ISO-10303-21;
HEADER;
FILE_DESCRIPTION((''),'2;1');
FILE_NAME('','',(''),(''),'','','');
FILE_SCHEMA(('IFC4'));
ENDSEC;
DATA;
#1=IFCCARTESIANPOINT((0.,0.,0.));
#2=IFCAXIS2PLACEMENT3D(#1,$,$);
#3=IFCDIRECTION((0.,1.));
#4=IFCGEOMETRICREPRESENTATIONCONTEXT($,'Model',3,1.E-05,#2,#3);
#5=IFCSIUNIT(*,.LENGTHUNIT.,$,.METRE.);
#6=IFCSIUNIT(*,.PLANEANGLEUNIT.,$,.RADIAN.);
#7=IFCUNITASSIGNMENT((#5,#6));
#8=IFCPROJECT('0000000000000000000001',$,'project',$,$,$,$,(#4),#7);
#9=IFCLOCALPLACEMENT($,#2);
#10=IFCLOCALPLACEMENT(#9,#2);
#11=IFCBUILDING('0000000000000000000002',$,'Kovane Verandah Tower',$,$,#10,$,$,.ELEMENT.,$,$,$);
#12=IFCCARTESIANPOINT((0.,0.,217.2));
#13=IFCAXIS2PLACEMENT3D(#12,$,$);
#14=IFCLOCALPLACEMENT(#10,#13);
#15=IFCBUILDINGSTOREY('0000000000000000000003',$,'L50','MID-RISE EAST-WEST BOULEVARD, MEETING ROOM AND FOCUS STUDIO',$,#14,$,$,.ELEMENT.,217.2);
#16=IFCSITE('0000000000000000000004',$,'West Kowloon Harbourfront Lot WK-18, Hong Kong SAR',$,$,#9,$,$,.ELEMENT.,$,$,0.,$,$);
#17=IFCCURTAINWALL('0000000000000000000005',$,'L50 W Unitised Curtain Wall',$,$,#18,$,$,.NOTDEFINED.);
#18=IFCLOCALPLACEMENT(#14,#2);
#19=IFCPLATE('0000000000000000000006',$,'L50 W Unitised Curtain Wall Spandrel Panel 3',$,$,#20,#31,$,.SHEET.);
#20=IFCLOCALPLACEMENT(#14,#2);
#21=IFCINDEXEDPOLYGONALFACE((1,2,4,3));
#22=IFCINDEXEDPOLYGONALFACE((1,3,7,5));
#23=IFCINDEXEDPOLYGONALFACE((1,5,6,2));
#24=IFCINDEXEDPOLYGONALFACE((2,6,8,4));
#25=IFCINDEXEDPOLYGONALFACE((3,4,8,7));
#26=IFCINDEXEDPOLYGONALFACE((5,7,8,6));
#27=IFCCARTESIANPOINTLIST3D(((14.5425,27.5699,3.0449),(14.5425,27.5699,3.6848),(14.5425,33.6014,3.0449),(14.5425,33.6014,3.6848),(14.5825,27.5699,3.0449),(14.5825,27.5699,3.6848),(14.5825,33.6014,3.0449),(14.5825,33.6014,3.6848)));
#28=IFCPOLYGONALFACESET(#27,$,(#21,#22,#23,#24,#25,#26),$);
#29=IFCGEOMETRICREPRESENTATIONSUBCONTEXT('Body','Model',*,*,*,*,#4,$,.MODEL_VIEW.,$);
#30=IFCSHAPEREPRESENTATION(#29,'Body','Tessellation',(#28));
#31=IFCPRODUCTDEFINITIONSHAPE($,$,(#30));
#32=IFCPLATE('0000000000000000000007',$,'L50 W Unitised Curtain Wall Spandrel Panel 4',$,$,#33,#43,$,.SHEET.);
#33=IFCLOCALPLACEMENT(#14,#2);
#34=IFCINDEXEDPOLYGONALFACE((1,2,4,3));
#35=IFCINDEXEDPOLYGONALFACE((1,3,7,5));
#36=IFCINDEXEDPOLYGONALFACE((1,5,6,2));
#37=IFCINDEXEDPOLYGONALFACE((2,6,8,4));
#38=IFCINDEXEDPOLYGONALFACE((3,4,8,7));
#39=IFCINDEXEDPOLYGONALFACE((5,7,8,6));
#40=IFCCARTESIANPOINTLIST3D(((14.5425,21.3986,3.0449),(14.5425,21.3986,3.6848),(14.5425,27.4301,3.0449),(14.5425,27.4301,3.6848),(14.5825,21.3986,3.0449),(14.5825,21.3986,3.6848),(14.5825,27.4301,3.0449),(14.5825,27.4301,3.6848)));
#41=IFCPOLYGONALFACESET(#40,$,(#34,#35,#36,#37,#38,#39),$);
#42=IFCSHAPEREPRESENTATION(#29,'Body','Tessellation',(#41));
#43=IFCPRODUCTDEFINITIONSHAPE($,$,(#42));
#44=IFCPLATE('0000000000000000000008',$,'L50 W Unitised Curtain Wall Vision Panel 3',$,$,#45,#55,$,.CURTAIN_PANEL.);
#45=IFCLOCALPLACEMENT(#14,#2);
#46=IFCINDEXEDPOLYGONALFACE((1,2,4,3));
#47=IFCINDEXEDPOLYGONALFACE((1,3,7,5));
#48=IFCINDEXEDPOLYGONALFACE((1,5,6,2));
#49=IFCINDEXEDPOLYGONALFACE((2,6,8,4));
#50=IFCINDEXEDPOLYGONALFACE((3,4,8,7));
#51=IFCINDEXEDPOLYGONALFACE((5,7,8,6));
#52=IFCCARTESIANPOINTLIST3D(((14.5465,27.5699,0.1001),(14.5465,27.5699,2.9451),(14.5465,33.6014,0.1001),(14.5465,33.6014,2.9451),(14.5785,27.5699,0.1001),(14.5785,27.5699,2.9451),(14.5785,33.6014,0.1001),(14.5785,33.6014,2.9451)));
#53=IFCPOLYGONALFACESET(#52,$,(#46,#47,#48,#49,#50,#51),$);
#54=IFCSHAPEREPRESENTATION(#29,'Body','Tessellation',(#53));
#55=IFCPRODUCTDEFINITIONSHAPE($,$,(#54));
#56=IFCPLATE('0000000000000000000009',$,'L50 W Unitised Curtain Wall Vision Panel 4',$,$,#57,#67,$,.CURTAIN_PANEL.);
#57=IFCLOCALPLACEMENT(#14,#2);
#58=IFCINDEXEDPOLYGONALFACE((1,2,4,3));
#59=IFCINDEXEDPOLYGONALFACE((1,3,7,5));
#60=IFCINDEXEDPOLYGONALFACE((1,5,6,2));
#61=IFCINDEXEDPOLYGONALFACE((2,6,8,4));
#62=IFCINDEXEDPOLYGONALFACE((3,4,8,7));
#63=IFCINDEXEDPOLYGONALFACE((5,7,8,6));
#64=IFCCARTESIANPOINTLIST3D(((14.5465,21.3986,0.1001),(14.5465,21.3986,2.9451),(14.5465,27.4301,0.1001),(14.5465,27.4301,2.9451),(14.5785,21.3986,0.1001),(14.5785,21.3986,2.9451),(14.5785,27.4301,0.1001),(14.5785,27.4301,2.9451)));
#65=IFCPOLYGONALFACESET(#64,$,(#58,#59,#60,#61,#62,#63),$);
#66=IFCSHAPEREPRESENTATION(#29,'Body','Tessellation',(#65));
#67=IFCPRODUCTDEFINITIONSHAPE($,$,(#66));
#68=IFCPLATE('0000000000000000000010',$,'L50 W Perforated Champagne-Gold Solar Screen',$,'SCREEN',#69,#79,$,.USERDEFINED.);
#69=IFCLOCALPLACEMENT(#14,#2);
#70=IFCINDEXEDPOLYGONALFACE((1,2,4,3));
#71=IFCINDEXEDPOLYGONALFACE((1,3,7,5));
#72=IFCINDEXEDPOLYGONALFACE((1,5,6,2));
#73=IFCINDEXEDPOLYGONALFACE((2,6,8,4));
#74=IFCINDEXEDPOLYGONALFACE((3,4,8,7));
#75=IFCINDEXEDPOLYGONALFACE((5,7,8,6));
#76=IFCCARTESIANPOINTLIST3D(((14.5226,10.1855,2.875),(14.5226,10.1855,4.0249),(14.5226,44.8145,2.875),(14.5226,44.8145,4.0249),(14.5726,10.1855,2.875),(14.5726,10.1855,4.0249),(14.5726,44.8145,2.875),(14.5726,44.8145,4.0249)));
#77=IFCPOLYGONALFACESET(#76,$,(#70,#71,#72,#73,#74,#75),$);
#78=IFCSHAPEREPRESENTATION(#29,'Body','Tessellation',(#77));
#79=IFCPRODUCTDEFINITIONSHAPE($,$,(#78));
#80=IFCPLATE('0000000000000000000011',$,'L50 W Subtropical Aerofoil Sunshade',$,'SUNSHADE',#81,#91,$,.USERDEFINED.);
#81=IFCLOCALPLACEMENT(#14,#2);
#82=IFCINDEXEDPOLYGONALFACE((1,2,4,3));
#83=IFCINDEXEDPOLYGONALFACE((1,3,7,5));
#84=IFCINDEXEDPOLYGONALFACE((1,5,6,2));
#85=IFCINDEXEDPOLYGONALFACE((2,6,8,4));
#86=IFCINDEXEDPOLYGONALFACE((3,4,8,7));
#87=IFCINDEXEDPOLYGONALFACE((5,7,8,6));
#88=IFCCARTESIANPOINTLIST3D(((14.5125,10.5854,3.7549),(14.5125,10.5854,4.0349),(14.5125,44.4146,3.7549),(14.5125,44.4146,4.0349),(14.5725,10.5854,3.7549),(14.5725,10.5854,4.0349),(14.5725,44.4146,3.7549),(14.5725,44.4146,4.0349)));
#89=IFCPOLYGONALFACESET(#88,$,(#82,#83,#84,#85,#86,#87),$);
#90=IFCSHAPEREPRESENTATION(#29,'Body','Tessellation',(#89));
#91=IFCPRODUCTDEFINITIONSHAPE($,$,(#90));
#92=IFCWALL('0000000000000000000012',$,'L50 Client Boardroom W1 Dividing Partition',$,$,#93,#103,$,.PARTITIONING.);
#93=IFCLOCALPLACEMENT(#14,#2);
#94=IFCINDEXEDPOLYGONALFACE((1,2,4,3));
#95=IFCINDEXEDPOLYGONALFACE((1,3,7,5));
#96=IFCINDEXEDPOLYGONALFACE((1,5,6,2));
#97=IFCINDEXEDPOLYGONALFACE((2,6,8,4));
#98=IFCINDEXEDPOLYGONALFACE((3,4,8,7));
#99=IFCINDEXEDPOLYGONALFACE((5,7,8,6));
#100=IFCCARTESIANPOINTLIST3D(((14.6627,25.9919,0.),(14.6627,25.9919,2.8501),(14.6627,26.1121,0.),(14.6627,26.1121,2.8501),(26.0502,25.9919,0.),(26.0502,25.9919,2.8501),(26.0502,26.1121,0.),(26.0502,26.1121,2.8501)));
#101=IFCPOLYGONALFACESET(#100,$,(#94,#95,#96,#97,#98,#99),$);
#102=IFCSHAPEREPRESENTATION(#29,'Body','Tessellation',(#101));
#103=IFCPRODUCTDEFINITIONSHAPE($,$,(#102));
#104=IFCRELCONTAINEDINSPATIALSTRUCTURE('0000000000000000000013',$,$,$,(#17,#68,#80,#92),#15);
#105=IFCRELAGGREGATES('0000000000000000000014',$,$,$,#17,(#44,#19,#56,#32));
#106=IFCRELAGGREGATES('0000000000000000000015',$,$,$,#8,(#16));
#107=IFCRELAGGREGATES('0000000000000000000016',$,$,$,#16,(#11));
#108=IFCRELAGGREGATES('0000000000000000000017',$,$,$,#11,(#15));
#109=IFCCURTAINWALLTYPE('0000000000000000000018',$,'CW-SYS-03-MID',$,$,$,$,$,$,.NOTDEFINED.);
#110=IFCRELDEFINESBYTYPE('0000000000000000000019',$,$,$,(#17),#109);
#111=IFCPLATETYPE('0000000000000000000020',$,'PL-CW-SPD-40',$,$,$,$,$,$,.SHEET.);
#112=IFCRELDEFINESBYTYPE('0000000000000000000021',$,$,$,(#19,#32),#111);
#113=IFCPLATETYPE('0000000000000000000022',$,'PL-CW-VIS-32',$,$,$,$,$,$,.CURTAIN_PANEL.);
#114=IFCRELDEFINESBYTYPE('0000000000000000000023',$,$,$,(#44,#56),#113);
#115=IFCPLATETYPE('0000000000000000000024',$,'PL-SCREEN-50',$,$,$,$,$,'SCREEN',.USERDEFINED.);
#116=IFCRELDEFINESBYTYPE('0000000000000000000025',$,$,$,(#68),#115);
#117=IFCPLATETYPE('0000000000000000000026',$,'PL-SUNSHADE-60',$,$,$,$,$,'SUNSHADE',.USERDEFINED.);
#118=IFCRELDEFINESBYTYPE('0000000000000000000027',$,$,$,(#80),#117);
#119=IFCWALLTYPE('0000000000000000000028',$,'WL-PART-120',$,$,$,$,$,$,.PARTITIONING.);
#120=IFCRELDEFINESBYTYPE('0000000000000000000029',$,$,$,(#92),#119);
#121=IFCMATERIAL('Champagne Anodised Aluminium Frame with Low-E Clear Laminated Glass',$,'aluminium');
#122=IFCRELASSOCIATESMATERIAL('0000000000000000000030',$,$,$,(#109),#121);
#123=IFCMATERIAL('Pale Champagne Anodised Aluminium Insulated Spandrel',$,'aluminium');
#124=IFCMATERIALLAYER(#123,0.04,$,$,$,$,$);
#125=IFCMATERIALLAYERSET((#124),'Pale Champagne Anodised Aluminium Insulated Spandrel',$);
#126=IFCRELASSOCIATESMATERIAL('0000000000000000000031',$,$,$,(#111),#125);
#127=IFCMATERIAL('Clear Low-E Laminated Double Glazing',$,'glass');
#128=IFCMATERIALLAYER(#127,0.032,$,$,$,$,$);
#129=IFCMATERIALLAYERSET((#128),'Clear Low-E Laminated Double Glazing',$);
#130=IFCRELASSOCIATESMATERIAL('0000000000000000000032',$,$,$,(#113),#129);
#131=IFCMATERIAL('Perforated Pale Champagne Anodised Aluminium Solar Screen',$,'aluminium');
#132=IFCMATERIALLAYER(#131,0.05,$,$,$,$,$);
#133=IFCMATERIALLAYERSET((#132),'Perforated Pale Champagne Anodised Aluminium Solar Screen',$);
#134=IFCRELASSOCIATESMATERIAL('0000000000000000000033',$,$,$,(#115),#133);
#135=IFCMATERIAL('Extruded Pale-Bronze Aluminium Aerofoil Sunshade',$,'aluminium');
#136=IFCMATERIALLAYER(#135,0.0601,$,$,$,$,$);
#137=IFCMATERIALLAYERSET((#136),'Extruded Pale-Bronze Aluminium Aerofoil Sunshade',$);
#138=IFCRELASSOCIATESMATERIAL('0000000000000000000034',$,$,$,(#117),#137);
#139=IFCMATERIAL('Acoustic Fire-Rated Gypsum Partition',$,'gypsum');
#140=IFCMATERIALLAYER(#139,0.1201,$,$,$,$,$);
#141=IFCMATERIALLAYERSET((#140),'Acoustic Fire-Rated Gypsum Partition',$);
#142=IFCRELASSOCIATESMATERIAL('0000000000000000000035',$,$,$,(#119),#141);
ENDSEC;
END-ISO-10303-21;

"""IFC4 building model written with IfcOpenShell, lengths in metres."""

from ifc_helpers import new_model, si_unit, direction, frame, frame_2d, origin, origin_2d, place, context, subcontext, project, spatial, rectangle, extrude, material, layer, layer_set, type_object, element, aggregate, save


model = new_model("IFC4")

# Units and contexts
model_context = context("Model", 3, precision=1e-05, world=origin(), true_north=direction((0.0, 1.0)))
body_context = subcontext(model_context, "Body", "Model", "MODEL_VIEW")
ifc_project = project(units=[si_unit("LENGTHUNIT", "METRE"), si_unit("PLANEANGLEUNIT", "RADIAN")], contexts=[model_context])

# Site, building, storey
site_placement = place(None, origin())
site = spatial("IfcSite", under=ifc_project, at=site_placement, Name="West Kowloon Harbourfront Lot WK-18, Hong Kong SAR", CompositionType="ELEMENT", RefElevation=0.0)
building_placement = place(site_placement, origin())
building = spatial("IfcBuilding", under=site, at=building_placement, Name="Kovane Verandah Tower", CompositionType="ELEMENT")
storey_placement = place(building_placement, frame((0.0, 0.0, 217.2)))
storey = spatial("IfcBuildingStorey", under=building, at=storey_placement, Name="L50", Description="MID-RISE EAST-WEST BOULEVARD, MEETING ROOM AND FOCUS STUDIO", CompositionType="ELEMENT", Elevation=217.2)

# Curtain wall
ifc_material_1 = material(Name="Champagne Anodised Aluminium Frame with Low-E Clear Laminated Glass", Category="aluminium")
curtain_wall_type = type_object("IfcCurtainWallType", Name="CW-SYS-03-MID", PredefinedType="NOTDEFINED", material=ifc_material_1)
curtain_wall_placement = place(storey_placement, origin())
curtain_wall = element("IfcCurtainWall", 1, at=curtain_wall_placement, inside=storey, type_object=curtain_wall_type, Name="L50 W Unitised Curtain Wall", PredefinedType="NOTDEFINED")

# Plates
ifc_material_2 = material(Name="Pale Champagne Anodised Aluminium Insulated Spandrel", Category="aluminium")
ifc_layer_1 = layer(ifc_material_2, 0.04)
ifc_layer_set_1 = layer_set([ifc_layer_1], Name="Pale Champagne Anodised Aluminium Insulated Spandrel")
plate_type_1 = type_object("IfcPlateType", Name="PL-CW-SPD-40", PredefinedType="SHEET", material=ifc_layer_set_1)
plate_1_placement = place(storey_placement, frame((14.5625, 30.5857, 3.0449), z_axis=(0.0, 0.0, 1.0), x_axis=(0.0, -1.0, 0.0)))
plate_1 = element("IfcPlate", 2, at=plate_1_placement, type_object=plate_type_1, Name="L50 W Unitised Curtain Wall Spandrel Panel 3", PredefinedType="SHEET", context=body_context, shape_type="SweptSolid", body=[
    extrude(rectangle(XDim=6.0315, YDim=0.04, at=origin_2d()), origin(), (0.0, 0.0, 1.0), 0.6399),
])
plate_2_placement = place(storey_placement, frame((14.5625, 24.4143, 3.0449), z_axis=(0.0, 0.0, 1.0), x_axis=(0.0, -1.0, 0.0)))
plate_2 = element("IfcPlate", 3, at=plate_2_placement, type_object=plate_type_1, Name="L50 W Unitised Curtain Wall Spandrel Panel 4", PredefinedType="SHEET", context=body_context, shape_type="SweptSolid", body=[
    extrude(rectangle(XDim=6.0315, YDim=0.04, at=origin_2d()), origin(), (0.0, 0.0, 1.0), 0.6399),
])
ifc_material_3 = material(Name="Clear Low-E Laminated Double Glazing", Category="glass")
ifc_layer_2 = layer(ifc_material_3, 0.032)
ifc_layer_set_2 = layer_set([ifc_layer_2], Name="Clear Low-E Laminated Double Glazing")
plate_type_2 = type_object("IfcPlateType", Name="PL-CW-VIS-32", PredefinedType="CURTAIN_PANEL", material=ifc_layer_set_2)
plate_3_placement = place(storey_placement, frame((14.5625, 30.5857, 0.1001), z_axis=(0.0, 0.0, 1.0), x_axis=(0.0, -1.0, 0.0)))
plate_3 = element("IfcPlate", 4, at=plate_3_placement, type_object=plate_type_2, Name="L50 W Unitised Curtain Wall Vision Panel 3", PredefinedType="CURTAIN_PANEL", context=body_context, shape_type="SweptSolid", body=[
    extrude(rectangle(XDim=6.0315, YDim=0.032, at=origin_2d()), origin(), (0.0, 0.0, 1.0), 2.845),
])
plate_4_placement = place(storey_placement, frame((14.5625, 24.4143, 0.1001), z_axis=(0.0, 0.0, 1.0), x_axis=(0.0, -1.0, 0.0)))
plate_4 = element("IfcPlate", 5, at=plate_4_placement, type_object=plate_type_2, Name="L50 W Unitised Curtain Wall Vision Panel 4", PredefinedType="CURTAIN_PANEL", context=body_context, shape_type="SweptSolid", body=[
    extrude(rectangle(XDim=6.0315, YDim=0.032, at=origin_2d()), origin(), (0.0, 0.0, 1.0), 2.845),
])
aggregate(curtain_wall, [plate_3, plate_1, plate_4, plate_2])

# Plates
ifc_material_4 = material(Name="Perforated Pale Champagne Anodised Aluminium Solar Screen", Category="aluminium")
ifc_layer_3 = layer(ifc_material_4, 0.05)
ifc_layer_set_3 = layer_set([ifc_layer_3], Name="Perforated Pale Champagne Anodised Aluminium Solar Screen")
plate_type_3 = type_object("IfcPlateType", Name="PL-SCREEN-50", ElementType="SCREEN", PredefinedType="USERDEFINED", material=ifc_layer_set_3)
plate_5_placement = place(storey_placement, frame((14.5476, 27.5, 2.875), z_axis=(0.0, 0.0, 1.0), x_axis=(0.0, -1.0, 0.0)))
element("IfcPlate", 6, at=plate_5_placement, inside=storey, type_object=plate_type_3, Name="L50 W Perforated Champagne-Gold Solar Screen", ObjectType="SCREEN", PredefinedType="USERDEFINED", context=body_context, shape_type="SweptSolid", body=[
    extrude(rectangle(XDim=34.6289, YDim=0.05, at=origin_2d()), origin(), (0.0, 0.0, 1.0), 1.1499),
])
ifc_material_5 = material(Name="Extruded Pale-Bronze Aluminium Aerofoil Sunshade", Category="aluminium")
ifc_layer_4 = layer(ifc_material_5, 0.0601)
ifc_layer_set_4 = layer_set([ifc_layer_4], Name="Extruded Pale-Bronze Aluminium Aerofoil Sunshade")
plate_type_4 = type_object("IfcPlateType", Name="PL-SUNSHADE-60", ElementType="SUNSHADE", PredefinedType="USERDEFINED", material=ifc_layer_set_4)
plate_6_placement = place(storey_placement, frame((14.5425, 27.5, 3.7549), z_axis=(0.0, 0.0, 1.0), x_axis=(0.0, -1.0, 0.0)))
element("IfcPlate", 7, at=plate_6_placement, inside=storey, type_object=plate_type_4, Name="L50 W Subtropical Aerofoil Sunshade", ObjectType="SUNSHADE", PredefinedType="USERDEFINED", context=body_context, shape_type="SweptSolid", body=[
    extrude(rectangle(XDim=33.8291, YDim=0.0601, at=origin_2d()), origin(), (0.0, 0.0, 1.0), 0.28),
])

# Wall
ifc_material_6 = material(Name="Acoustic Fire-Rated Gypsum Partition", Category="gypsum")
ifc_layer_5 = layer(ifc_material_6, 0.1201)
ifc_layer_set_5 = layer_set([ifc_layer_5], Name="Acoustic Fire-Rated Gypsum Partition")
wall_type = type_object("IfcWallType", Name="WL-PART-120", PredefinedType="PARTITIONING", material=ifc_layer_set_5)
wall_placement = place(storey_placement, frame((14.6626, 26.052, 0.0), z_axis=(0.0, 0.0, 1.0), x_axis=(1.0, 0.0, 0.0)))
element("IfcWall", 8, at=wall_placement, inside=storey, type_object=wall_type, Name="L50 Client Boardroom W1 Dividing Partition", PredefinedType="PARTITIONING", context=body_context, shape_type="SweptSolid", body=[
    extrude(rectangle(XDim=11.3875, YDim=0.1201, at=frame_2d((5.6938, 0.0))), origin(), (0.0, 0.0, 1.0), 2.8501),
])

save(model, "model.ifc")
